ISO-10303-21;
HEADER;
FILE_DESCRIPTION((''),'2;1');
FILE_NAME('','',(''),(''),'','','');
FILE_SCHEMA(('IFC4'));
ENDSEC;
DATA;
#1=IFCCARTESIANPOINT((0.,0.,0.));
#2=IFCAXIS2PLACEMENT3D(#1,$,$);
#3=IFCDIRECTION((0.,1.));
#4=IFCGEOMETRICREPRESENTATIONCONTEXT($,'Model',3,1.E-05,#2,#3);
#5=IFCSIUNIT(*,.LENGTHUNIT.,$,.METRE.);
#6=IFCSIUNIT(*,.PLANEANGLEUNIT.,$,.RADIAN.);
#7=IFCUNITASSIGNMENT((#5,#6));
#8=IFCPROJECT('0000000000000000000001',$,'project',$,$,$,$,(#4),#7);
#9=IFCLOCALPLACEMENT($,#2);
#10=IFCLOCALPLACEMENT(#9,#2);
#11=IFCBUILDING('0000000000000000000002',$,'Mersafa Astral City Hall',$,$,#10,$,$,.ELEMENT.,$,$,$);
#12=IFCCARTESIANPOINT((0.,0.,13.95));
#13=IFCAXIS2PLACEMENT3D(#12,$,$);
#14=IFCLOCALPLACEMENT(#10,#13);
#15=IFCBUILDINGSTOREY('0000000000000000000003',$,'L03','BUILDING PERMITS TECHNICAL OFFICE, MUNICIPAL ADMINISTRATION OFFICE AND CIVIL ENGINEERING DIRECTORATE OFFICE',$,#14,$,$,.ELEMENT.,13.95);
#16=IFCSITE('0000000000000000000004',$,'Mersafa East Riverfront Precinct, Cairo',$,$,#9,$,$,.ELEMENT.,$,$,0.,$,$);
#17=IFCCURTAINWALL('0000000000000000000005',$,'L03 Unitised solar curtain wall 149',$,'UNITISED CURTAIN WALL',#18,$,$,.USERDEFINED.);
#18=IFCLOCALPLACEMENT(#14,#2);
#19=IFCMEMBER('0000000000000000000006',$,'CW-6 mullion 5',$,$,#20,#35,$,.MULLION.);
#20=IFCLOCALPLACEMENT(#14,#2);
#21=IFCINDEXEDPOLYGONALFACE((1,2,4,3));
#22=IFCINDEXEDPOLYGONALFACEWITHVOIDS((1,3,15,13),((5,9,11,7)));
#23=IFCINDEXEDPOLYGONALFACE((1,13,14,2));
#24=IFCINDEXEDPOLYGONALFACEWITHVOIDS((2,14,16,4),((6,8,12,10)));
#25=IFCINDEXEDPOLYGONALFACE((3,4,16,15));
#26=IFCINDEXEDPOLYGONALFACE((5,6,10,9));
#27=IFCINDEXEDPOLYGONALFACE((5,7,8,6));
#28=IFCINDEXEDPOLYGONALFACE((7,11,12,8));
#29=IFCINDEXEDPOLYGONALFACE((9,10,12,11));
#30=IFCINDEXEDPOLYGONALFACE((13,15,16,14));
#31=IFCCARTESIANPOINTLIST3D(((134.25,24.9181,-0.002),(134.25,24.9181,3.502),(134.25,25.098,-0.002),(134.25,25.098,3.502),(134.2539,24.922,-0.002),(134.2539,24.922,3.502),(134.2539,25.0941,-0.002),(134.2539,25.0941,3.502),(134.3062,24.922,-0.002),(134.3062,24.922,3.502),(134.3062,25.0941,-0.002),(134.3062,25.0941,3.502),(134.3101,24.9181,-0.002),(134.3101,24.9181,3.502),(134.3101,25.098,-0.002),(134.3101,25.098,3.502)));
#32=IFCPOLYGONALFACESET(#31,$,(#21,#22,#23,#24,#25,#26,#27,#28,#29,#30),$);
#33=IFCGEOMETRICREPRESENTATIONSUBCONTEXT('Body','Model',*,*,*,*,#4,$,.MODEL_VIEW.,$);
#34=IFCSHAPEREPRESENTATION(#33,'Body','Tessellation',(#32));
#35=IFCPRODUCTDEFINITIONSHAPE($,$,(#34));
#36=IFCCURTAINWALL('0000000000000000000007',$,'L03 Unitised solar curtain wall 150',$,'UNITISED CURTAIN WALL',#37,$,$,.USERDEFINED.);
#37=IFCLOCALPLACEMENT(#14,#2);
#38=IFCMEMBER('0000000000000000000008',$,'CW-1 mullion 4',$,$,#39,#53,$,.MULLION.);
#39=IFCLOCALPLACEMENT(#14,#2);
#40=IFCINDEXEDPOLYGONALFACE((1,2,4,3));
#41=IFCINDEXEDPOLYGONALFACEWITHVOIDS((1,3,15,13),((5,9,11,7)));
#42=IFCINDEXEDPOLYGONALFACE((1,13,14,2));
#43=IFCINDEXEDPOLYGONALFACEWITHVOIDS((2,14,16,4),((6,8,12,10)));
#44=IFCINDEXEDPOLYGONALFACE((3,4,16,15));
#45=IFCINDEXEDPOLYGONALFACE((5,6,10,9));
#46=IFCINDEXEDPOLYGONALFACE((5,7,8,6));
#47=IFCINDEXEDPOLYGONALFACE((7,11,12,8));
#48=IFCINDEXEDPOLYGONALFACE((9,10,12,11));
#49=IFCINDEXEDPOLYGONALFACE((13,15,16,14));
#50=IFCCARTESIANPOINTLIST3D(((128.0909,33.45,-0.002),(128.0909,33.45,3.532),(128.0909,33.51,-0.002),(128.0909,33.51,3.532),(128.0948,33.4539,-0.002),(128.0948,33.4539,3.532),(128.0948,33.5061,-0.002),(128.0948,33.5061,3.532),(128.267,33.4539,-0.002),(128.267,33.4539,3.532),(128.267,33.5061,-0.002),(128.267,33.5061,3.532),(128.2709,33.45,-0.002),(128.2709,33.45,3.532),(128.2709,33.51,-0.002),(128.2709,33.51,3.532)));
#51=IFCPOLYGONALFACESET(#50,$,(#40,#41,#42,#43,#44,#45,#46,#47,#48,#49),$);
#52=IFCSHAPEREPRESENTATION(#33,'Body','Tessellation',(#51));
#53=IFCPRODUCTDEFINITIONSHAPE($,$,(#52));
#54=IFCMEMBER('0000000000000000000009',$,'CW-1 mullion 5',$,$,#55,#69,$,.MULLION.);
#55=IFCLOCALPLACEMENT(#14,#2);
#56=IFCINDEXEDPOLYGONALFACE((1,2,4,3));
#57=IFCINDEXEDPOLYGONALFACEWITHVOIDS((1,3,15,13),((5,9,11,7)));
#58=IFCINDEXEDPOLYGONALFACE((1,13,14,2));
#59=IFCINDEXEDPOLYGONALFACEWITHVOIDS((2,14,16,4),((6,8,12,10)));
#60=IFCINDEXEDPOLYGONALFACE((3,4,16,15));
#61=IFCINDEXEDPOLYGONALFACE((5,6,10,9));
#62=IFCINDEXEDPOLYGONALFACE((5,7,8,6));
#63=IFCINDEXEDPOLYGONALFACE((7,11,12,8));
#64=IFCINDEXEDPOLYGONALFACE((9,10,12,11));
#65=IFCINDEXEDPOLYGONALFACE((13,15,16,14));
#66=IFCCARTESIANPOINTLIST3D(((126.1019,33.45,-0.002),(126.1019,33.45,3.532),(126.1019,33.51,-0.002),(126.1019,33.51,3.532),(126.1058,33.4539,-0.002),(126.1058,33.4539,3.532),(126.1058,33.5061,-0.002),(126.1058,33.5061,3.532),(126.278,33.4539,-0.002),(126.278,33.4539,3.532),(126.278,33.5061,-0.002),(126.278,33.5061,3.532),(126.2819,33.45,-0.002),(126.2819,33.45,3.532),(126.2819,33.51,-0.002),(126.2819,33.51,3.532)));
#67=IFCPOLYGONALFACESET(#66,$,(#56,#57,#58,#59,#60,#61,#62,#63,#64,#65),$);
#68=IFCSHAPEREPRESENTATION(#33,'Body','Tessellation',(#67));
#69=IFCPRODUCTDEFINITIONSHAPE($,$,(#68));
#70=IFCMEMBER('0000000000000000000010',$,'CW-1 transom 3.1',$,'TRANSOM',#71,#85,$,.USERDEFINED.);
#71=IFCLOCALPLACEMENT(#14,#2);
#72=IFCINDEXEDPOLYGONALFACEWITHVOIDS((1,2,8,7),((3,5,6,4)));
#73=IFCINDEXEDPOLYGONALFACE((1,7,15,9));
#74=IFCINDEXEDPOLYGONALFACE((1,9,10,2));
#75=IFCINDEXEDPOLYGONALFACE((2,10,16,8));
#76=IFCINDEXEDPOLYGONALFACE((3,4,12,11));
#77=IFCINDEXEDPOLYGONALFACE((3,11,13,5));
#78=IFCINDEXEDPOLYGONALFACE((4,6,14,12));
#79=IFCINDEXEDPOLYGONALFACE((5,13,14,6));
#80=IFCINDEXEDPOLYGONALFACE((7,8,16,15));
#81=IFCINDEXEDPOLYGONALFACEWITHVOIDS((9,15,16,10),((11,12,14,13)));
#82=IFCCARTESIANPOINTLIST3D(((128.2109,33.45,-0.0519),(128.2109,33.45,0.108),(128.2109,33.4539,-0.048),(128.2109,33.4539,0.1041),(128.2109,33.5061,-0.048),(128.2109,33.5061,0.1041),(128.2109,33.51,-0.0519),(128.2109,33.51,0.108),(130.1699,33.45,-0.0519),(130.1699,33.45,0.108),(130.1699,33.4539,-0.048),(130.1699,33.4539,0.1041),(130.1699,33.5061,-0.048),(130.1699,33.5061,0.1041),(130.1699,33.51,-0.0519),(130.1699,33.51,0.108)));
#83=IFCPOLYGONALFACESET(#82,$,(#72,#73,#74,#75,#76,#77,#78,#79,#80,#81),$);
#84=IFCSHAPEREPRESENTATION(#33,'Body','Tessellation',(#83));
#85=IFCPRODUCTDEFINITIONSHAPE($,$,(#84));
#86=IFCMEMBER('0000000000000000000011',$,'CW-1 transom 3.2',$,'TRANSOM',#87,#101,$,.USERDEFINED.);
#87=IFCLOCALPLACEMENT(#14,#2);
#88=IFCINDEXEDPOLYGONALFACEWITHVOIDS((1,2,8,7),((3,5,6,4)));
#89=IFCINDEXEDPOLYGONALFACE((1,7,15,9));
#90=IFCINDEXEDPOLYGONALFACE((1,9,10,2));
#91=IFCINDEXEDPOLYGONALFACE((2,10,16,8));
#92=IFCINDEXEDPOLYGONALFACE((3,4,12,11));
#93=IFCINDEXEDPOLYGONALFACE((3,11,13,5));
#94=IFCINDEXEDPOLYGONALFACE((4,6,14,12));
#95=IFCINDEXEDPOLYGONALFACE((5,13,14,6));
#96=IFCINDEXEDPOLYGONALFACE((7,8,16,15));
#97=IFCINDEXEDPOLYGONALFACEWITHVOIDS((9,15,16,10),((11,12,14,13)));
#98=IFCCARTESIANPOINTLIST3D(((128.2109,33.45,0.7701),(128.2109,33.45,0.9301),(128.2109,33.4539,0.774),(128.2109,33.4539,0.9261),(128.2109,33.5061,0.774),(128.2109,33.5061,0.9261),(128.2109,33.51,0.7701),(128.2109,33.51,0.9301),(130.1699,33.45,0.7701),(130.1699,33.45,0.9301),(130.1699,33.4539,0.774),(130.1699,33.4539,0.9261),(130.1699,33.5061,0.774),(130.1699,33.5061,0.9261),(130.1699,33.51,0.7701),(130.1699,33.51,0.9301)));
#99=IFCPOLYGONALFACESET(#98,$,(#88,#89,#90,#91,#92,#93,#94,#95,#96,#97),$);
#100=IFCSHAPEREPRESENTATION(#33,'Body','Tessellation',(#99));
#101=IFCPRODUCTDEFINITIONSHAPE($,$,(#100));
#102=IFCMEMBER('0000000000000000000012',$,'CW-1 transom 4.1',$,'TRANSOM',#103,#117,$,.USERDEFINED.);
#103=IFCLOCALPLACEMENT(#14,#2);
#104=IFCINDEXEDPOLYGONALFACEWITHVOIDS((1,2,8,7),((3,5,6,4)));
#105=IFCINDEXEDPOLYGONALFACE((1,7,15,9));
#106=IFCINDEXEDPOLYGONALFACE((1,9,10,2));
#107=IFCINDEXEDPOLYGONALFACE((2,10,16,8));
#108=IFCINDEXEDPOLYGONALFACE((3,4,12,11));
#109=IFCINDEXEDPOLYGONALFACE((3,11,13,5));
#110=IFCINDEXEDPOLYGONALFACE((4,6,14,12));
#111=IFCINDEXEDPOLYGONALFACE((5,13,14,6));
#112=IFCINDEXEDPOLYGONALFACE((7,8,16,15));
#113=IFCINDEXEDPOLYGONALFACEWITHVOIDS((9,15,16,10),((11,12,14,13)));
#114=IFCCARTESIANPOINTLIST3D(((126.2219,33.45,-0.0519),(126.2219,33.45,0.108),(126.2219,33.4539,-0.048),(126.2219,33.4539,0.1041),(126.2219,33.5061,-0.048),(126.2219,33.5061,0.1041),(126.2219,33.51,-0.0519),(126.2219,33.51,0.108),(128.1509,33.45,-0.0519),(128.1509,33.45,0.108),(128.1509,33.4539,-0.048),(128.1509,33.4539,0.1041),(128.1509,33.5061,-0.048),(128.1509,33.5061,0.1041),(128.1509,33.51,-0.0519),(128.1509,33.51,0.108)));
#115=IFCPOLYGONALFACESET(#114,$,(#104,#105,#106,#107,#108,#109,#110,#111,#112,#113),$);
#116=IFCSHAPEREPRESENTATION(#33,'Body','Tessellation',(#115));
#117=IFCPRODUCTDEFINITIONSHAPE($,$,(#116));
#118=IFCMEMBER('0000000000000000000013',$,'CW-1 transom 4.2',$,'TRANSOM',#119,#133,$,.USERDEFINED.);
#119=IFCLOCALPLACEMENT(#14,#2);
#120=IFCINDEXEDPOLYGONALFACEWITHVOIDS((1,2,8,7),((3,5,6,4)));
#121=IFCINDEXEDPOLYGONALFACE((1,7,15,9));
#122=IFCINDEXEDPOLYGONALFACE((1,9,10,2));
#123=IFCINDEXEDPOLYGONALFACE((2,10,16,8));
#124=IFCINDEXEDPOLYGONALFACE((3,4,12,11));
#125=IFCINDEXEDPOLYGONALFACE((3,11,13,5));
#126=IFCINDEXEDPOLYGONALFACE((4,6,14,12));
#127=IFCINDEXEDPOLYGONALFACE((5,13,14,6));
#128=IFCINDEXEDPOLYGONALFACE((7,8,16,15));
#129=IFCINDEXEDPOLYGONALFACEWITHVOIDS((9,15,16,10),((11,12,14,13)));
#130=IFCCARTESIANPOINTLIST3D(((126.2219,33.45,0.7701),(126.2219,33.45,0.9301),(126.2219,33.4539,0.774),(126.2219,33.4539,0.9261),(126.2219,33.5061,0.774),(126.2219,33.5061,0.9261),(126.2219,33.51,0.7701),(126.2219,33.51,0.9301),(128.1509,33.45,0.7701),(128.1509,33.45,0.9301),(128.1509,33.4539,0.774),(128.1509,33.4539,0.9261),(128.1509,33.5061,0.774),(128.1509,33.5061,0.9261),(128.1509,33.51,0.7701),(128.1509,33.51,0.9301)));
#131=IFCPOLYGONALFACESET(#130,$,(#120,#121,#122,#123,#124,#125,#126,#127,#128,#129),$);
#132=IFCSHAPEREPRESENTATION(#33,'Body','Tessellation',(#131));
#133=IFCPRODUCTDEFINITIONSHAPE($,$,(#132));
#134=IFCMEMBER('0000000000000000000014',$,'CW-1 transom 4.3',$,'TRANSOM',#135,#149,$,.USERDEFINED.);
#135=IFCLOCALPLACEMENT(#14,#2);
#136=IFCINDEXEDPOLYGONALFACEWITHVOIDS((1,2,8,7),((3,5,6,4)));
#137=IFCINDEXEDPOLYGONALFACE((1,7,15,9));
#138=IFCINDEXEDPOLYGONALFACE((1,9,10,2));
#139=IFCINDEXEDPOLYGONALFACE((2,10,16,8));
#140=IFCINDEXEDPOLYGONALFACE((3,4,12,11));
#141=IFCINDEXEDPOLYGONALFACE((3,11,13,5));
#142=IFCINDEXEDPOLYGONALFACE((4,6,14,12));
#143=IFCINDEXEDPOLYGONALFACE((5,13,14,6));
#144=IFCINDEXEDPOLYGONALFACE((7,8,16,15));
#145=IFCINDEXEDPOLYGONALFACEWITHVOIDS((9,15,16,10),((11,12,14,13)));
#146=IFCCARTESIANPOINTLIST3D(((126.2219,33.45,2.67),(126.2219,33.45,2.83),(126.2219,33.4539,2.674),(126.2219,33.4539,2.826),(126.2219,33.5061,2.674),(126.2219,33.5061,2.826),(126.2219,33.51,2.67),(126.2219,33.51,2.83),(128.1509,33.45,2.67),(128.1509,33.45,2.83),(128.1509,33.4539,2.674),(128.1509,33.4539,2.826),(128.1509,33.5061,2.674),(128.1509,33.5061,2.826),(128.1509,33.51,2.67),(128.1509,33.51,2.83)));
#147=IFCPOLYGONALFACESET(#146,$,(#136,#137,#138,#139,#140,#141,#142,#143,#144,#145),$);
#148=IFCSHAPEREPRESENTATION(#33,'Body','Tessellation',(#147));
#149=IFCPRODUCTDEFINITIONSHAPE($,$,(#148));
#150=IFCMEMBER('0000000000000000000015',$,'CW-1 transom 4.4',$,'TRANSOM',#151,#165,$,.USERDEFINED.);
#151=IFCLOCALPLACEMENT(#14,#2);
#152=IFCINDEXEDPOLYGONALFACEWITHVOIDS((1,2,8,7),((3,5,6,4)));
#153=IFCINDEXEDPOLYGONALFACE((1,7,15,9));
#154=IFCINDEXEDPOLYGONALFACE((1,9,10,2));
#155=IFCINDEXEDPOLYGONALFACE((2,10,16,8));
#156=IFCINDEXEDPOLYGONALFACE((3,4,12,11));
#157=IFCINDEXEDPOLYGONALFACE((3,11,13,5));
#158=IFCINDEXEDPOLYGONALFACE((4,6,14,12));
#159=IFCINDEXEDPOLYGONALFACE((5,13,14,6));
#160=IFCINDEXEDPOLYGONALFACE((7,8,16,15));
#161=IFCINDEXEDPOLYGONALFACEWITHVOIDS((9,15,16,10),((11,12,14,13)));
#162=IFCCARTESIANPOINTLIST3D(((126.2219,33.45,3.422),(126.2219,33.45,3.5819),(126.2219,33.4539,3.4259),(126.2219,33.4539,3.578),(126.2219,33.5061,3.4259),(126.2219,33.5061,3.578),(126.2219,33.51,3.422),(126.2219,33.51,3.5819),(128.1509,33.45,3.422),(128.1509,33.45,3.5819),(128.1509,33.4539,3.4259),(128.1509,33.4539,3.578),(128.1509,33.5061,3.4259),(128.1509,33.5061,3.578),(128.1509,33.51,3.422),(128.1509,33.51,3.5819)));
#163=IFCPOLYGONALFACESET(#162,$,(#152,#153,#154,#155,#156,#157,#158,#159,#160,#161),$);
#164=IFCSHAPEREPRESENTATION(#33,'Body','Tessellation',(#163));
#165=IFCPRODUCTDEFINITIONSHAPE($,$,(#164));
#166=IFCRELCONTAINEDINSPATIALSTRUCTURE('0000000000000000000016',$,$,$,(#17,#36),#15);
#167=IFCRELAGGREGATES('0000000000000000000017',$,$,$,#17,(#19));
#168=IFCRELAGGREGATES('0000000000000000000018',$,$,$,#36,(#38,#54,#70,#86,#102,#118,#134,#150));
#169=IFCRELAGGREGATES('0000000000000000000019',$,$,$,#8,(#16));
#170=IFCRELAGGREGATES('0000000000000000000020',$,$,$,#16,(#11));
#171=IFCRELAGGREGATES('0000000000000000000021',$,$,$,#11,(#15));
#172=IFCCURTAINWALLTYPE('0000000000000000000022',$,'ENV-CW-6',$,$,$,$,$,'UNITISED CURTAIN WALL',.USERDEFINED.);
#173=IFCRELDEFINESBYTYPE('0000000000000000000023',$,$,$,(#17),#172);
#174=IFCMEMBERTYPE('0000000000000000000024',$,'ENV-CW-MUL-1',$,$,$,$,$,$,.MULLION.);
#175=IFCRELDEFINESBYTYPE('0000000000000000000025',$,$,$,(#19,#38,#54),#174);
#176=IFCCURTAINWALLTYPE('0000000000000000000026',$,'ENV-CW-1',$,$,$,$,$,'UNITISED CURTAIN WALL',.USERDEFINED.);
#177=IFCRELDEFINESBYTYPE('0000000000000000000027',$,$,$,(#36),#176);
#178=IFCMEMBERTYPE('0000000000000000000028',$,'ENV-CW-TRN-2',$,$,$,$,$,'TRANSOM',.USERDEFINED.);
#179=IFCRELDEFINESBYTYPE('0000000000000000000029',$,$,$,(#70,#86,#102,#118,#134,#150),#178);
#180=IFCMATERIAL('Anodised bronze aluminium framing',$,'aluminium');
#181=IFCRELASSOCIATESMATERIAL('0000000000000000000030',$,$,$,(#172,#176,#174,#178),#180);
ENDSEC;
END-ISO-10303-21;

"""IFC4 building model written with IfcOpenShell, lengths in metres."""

from ifc_helpers import new_model, si_unit, direction, frame, origin, origin_2d, place, context, subcontext, project, spatial, hollow_rectangle, extrude, material, material_profile, profile_set, type_object, element, aggregate, save


model = new_model("IFC4")

# Units and contexts
model_context = context("Model", 3, precision=1e-05, world=origin(), true_north=direction((0.0, 1.0)))
body_context = subcontext(model_context, "Body", "Model", "MODEL_VIEW")
ifc_project = project(units=[si_unit("LENGTHUNIT", "METRE"), si_unit("PLANEANGLEUNIT", "RADIAN")], contexts=[model_context])

# Site, building, storey
site_placement = place(None, origin())
site = spatial("IfcSite", under=ifc_project, at=site_placement, Name="Mersafa East Riverfront Precinct, Cairo", CompositionType="ELEMENT", RefElevation=0.0)
building_placement = place(site_placement, origin())
building = spatial("IfcBuilding", under=site, at=building_placement, Name="Mersafa Astral City Hall", CompositionType="ELEMENT")
storey_placement = place(building_placement, frame((0.0, 0.0, 13.95)))
storey = spatial("IfcBuildingStorey", under=building, at=storey_placement, Name="L03", Description="BUILDING PERMITS TECHNICAL OFFICE, MUNICIPAL ADMINISTRATION OFFICE AND CIVIL ENGINEERING DIRECTORATE OFFICE", CompositionType="ELEMENT", Elevation=13.95)

# Curtain wall, member
ifc_material_1 = material(Name="Anodised bronze aluminium framing", Category="aluminium")
curtain_wall_type_1 = type_object("IfcCurtainWallType", Name="ENV-CW-6", ElementType="UNITISED CURTAIN WALL", PredefinedType="USERDEFINED", material=ifc_material_1)
curtain_wall_1_placement = place(storey_placement, origin())
curtain_wall_1 = element("IfcCurtainWall", 1, at=curtain_wall_1_placement, inside=storey, type_object=curtain_wall_type_1, Name="L03 Unitised solar curtain wall 149", ObjectType="UNITISED CURTAIN WALL", PredefinedType="USERDEFINED")
ifc_material_profile_1 = material_profile(ifc_material_1, hollow_rectangle(XDim=0.0601, YDim=0.1799, WallThickness=0.0039, at=origin_2d()), Name="RHS 60x180x4")
ifc_profile_set_1 = profile_set([ifc_material_profile_1], Name="Anodised bronze aluminium framing")
member_type_1 = type_object("IfcMemberType", Name="ENV-CW-MUL-1", PredefinedType="MULLION", material=ifc_profile_set_1)
member_1_placement = place(storey_placement, frame((134.28, 25.0081, -0.002), z_axis=(0.0, 0.0, 1.0), x_axis=(-1.0, 0.0, 0.0)))
member_1 = element("IfcMember", 2, at=member_1_placement, type_object=member_type_1, Name="CW-6 mullion 5", PredefinedType="MULLION", context=body_context, shape_type="SweptSolid", body=[
    extrude(hollow_rectangle(XDim=0.0601, YDim=0.1799, WallThickness=0.0039, at=origin_2d()), origin(), (0.0, 0.0, 1.0), 3.5039),
])

# Curtain wall, members
curtain_wall_type_2 = type_object("IfcCurtainWallType", Name="ENV-CW-1", ElementType="UNITISED CURTAIN WALL", PredefinedType="USERDEFINED", material=ifc_material_1)
curtain_wall_2_placement = place(storey_placement, origin())
curtain_wall_2 = element("IfcCurtainWall", 3, at=curtain_wall_2_placement, inside=storey, type_object=curtain_wall_type_2, Name="L03 Unitised solar curtain wall 150", ObjectType="UNITISED CURTAIN WALL", PredefinedType="USERDEFINED")
member_2_placement = place(storey_placement, frame((128.1809, 33.48, -0.002), z_axis=(0.0, 0.0, 1.0), x_axis=(0.0, -1.0, 0.0)))
member_2 = element("IfcMember", 4, at=member_2_placement, type_object=member_type_1, Name="CW-1 mullion 4", PredefinedType="MULLION", context=body_context, shape_type="SweptSolid", body=[
    extrude(hollow_rectangle(XDim=0.0601, YDim=0.1799, WallThickness=0.0039, at=origin_2d()), origin(), (0.0, 0.0, 1.0), 3.5339),
])
member_3_placement = place(storey_placement, frame((126.1919, 33.48, -0.002), z_axis=(0.0, 0.0, 1.0), x_axis=(0.0, -1.0, 0.0)))
member_3 = element("IfcMember", 5, at=member_3_placement, type_object=member_type_1, Name="CW-1 mullion 5", PredefinedType="MULLION", context=body_context, shape_type="SweptSolid", body=[
    extrude(hollow_rectangle(XDim=0.0601, YDim=0.1799, WallThickness=0.0039, at=origin_2d()), origin(), (0.0, 0.0, 1.0), 3.5339),
])
ifc_material_profile_2 = material_profile(ifc_material_1, hollow_rectangle(XDim=0.0601, YDim=0.1599, WallThickness=0.0039, at=origin_2d()), Name="RHS 60x160x4")
ifc_profile_set_2 = profile_set([ifc_material_profile_2], Name="Anodised bronze aluminium framing")
member_type_2 = type_object("IfcMemberType", Name="ENV-CW-TRN-2", ElementType="TRANSOM", PredefinedType="USERDEFINED", material=ifc_profile_set_2)
member_4_placement = place(storey_placement, frame((130.1699, 33.48, 0.0281), z_axis=(-1.0, 0.0, 0.0), x_axis=(0.0, -1.0, 0.0)))
member_4 = element("IfcMember", 6, at=member_4_placement, type_object=member_type_2, Name="CW-1 transom 3.1", ObjectType="TRANSOM", PredefinedType="USERDEFINED", context=body_context, shape_type="SweptSolid", body=[
    extrude(hollow_rectangle(XDim=0.0601, YDim=0.1599, WallThickness=0.0039, at=origin_2d()), origin(), (0.0, 0.0, 1.0), 1.959),
])
member_5_placement = place(storey_placement, frame((130.1699, 33.48, 0.8501), z_axis=(-1.0, 0.0, 0.0), x_axis=(0.0, -1.0, 0.0)))
member_5 = element("IfcMember", 7, at=member_5_placement, type_object=member_type_2, Name="CW-1 transom 3.2", ObjectType="TRANSOM", PredefinedType="USERDEFINED", context=body_context, shape_type="SweptSolid", body=[
    extrude(hollow_rectangle(XDim=0.0601, YDim=0.1599, WallThickness=0.0039, at=origin_2d()), origin(), (0.0, 0.0, 1.0), 1.959),
])
member_6_placement = place(storey_placement, frame((128.1509, 33.48, 0.0281), z_axis=(-1.0, 0.0, 0.0), x_axis=(0.0, -1.0, 0.0)))
member_6 = element("IfcMember", 8, at=member_6_placement, type_object=member_type_2, Name="CW-1 transom 4.1", ObjectType="TRANSOM", PredefinedType="USERDEFINED", context=body_context, shape_type="SweptSolid", body=[
    extrude(hollow_rectangle(XDim=0.0601, YDim=0.1599, WallThickness=0.0039, at=origin_2d()), origin(), (0.0, 0.0, 1.0), 1.929),
])
member_7_placement = place(storey_placement, frame((128.1509, 33.48, 0.8501), z_axis=(-1.0, 0.0, 0.0), x_axis=(0.0, -1.0, 0.0)))
member_7 = element("IfcMember", 9, at=member_7_placement, type_object=member_type_2, Name="CW-1 transom 4.2", ObjectType="TRANSOM", PredefinedType="USERDEFINED", context=body_context, shape_type="SweptSolid", body=[
    extrude(hollow_rectangle(XDim=0.0601, YDim=0.1599, WallThickness=0.0039, at=origin_2d()), origin(), (0.0, 0.0, 1.0), 1.929),
])
member_8_placement = place(storey_placement, frame((128.1509, 33.48, 2.75), z_axis=(-1.0, 0.0, 0.0), x_axis=(0.0, -1.0, 0.0)))
member_8 = element("IfcMember", 10, at=member_8_placement, type_object=member_type_2, Name="CW-1 transom 4.3", ObjectType="TRANSOM", PredefinedType="USERDEFINED", context=body_context, shape_type="SweptSolid", body=[
    extrude(hollow_rectangle(XDim=0.0601, YDim=0.1599, WallThickness=0.0039, at=origin_2d()), origin(), (0.0, 0.0, 1.0), 1.929),
])
member_9_placement = place(storey_placement, frame((128.1509, 33.48, 3.502), z_axis=(-1.0, 0.0, 0.0), x_axis=(0.0, -1.0, 0.0)))
member_9 = element("IfcMember", 11, at=member_9_placement, type_object=member_type_2, Name="CW-1 transom 4.4", ObjectType="TRANSOM", PredefinedType="USERDEFINED", context=body_context, shape_type="SweptSolid", body=[
    extrude(hollow_rectangle(XDim=0.0601, YDim=0.1599, WallThickness=0.0039, at=origin_2d()), origin(), (0.0, 0.0, 1.0), 1.929),
])

aggregate(curtain_wall_1, [member_1])
aggregate(curtain_wall_2, [member_2, member_3, member_4, member_5, member_6, member_7, member_8, member_9])

save(model, "model.ifc")
